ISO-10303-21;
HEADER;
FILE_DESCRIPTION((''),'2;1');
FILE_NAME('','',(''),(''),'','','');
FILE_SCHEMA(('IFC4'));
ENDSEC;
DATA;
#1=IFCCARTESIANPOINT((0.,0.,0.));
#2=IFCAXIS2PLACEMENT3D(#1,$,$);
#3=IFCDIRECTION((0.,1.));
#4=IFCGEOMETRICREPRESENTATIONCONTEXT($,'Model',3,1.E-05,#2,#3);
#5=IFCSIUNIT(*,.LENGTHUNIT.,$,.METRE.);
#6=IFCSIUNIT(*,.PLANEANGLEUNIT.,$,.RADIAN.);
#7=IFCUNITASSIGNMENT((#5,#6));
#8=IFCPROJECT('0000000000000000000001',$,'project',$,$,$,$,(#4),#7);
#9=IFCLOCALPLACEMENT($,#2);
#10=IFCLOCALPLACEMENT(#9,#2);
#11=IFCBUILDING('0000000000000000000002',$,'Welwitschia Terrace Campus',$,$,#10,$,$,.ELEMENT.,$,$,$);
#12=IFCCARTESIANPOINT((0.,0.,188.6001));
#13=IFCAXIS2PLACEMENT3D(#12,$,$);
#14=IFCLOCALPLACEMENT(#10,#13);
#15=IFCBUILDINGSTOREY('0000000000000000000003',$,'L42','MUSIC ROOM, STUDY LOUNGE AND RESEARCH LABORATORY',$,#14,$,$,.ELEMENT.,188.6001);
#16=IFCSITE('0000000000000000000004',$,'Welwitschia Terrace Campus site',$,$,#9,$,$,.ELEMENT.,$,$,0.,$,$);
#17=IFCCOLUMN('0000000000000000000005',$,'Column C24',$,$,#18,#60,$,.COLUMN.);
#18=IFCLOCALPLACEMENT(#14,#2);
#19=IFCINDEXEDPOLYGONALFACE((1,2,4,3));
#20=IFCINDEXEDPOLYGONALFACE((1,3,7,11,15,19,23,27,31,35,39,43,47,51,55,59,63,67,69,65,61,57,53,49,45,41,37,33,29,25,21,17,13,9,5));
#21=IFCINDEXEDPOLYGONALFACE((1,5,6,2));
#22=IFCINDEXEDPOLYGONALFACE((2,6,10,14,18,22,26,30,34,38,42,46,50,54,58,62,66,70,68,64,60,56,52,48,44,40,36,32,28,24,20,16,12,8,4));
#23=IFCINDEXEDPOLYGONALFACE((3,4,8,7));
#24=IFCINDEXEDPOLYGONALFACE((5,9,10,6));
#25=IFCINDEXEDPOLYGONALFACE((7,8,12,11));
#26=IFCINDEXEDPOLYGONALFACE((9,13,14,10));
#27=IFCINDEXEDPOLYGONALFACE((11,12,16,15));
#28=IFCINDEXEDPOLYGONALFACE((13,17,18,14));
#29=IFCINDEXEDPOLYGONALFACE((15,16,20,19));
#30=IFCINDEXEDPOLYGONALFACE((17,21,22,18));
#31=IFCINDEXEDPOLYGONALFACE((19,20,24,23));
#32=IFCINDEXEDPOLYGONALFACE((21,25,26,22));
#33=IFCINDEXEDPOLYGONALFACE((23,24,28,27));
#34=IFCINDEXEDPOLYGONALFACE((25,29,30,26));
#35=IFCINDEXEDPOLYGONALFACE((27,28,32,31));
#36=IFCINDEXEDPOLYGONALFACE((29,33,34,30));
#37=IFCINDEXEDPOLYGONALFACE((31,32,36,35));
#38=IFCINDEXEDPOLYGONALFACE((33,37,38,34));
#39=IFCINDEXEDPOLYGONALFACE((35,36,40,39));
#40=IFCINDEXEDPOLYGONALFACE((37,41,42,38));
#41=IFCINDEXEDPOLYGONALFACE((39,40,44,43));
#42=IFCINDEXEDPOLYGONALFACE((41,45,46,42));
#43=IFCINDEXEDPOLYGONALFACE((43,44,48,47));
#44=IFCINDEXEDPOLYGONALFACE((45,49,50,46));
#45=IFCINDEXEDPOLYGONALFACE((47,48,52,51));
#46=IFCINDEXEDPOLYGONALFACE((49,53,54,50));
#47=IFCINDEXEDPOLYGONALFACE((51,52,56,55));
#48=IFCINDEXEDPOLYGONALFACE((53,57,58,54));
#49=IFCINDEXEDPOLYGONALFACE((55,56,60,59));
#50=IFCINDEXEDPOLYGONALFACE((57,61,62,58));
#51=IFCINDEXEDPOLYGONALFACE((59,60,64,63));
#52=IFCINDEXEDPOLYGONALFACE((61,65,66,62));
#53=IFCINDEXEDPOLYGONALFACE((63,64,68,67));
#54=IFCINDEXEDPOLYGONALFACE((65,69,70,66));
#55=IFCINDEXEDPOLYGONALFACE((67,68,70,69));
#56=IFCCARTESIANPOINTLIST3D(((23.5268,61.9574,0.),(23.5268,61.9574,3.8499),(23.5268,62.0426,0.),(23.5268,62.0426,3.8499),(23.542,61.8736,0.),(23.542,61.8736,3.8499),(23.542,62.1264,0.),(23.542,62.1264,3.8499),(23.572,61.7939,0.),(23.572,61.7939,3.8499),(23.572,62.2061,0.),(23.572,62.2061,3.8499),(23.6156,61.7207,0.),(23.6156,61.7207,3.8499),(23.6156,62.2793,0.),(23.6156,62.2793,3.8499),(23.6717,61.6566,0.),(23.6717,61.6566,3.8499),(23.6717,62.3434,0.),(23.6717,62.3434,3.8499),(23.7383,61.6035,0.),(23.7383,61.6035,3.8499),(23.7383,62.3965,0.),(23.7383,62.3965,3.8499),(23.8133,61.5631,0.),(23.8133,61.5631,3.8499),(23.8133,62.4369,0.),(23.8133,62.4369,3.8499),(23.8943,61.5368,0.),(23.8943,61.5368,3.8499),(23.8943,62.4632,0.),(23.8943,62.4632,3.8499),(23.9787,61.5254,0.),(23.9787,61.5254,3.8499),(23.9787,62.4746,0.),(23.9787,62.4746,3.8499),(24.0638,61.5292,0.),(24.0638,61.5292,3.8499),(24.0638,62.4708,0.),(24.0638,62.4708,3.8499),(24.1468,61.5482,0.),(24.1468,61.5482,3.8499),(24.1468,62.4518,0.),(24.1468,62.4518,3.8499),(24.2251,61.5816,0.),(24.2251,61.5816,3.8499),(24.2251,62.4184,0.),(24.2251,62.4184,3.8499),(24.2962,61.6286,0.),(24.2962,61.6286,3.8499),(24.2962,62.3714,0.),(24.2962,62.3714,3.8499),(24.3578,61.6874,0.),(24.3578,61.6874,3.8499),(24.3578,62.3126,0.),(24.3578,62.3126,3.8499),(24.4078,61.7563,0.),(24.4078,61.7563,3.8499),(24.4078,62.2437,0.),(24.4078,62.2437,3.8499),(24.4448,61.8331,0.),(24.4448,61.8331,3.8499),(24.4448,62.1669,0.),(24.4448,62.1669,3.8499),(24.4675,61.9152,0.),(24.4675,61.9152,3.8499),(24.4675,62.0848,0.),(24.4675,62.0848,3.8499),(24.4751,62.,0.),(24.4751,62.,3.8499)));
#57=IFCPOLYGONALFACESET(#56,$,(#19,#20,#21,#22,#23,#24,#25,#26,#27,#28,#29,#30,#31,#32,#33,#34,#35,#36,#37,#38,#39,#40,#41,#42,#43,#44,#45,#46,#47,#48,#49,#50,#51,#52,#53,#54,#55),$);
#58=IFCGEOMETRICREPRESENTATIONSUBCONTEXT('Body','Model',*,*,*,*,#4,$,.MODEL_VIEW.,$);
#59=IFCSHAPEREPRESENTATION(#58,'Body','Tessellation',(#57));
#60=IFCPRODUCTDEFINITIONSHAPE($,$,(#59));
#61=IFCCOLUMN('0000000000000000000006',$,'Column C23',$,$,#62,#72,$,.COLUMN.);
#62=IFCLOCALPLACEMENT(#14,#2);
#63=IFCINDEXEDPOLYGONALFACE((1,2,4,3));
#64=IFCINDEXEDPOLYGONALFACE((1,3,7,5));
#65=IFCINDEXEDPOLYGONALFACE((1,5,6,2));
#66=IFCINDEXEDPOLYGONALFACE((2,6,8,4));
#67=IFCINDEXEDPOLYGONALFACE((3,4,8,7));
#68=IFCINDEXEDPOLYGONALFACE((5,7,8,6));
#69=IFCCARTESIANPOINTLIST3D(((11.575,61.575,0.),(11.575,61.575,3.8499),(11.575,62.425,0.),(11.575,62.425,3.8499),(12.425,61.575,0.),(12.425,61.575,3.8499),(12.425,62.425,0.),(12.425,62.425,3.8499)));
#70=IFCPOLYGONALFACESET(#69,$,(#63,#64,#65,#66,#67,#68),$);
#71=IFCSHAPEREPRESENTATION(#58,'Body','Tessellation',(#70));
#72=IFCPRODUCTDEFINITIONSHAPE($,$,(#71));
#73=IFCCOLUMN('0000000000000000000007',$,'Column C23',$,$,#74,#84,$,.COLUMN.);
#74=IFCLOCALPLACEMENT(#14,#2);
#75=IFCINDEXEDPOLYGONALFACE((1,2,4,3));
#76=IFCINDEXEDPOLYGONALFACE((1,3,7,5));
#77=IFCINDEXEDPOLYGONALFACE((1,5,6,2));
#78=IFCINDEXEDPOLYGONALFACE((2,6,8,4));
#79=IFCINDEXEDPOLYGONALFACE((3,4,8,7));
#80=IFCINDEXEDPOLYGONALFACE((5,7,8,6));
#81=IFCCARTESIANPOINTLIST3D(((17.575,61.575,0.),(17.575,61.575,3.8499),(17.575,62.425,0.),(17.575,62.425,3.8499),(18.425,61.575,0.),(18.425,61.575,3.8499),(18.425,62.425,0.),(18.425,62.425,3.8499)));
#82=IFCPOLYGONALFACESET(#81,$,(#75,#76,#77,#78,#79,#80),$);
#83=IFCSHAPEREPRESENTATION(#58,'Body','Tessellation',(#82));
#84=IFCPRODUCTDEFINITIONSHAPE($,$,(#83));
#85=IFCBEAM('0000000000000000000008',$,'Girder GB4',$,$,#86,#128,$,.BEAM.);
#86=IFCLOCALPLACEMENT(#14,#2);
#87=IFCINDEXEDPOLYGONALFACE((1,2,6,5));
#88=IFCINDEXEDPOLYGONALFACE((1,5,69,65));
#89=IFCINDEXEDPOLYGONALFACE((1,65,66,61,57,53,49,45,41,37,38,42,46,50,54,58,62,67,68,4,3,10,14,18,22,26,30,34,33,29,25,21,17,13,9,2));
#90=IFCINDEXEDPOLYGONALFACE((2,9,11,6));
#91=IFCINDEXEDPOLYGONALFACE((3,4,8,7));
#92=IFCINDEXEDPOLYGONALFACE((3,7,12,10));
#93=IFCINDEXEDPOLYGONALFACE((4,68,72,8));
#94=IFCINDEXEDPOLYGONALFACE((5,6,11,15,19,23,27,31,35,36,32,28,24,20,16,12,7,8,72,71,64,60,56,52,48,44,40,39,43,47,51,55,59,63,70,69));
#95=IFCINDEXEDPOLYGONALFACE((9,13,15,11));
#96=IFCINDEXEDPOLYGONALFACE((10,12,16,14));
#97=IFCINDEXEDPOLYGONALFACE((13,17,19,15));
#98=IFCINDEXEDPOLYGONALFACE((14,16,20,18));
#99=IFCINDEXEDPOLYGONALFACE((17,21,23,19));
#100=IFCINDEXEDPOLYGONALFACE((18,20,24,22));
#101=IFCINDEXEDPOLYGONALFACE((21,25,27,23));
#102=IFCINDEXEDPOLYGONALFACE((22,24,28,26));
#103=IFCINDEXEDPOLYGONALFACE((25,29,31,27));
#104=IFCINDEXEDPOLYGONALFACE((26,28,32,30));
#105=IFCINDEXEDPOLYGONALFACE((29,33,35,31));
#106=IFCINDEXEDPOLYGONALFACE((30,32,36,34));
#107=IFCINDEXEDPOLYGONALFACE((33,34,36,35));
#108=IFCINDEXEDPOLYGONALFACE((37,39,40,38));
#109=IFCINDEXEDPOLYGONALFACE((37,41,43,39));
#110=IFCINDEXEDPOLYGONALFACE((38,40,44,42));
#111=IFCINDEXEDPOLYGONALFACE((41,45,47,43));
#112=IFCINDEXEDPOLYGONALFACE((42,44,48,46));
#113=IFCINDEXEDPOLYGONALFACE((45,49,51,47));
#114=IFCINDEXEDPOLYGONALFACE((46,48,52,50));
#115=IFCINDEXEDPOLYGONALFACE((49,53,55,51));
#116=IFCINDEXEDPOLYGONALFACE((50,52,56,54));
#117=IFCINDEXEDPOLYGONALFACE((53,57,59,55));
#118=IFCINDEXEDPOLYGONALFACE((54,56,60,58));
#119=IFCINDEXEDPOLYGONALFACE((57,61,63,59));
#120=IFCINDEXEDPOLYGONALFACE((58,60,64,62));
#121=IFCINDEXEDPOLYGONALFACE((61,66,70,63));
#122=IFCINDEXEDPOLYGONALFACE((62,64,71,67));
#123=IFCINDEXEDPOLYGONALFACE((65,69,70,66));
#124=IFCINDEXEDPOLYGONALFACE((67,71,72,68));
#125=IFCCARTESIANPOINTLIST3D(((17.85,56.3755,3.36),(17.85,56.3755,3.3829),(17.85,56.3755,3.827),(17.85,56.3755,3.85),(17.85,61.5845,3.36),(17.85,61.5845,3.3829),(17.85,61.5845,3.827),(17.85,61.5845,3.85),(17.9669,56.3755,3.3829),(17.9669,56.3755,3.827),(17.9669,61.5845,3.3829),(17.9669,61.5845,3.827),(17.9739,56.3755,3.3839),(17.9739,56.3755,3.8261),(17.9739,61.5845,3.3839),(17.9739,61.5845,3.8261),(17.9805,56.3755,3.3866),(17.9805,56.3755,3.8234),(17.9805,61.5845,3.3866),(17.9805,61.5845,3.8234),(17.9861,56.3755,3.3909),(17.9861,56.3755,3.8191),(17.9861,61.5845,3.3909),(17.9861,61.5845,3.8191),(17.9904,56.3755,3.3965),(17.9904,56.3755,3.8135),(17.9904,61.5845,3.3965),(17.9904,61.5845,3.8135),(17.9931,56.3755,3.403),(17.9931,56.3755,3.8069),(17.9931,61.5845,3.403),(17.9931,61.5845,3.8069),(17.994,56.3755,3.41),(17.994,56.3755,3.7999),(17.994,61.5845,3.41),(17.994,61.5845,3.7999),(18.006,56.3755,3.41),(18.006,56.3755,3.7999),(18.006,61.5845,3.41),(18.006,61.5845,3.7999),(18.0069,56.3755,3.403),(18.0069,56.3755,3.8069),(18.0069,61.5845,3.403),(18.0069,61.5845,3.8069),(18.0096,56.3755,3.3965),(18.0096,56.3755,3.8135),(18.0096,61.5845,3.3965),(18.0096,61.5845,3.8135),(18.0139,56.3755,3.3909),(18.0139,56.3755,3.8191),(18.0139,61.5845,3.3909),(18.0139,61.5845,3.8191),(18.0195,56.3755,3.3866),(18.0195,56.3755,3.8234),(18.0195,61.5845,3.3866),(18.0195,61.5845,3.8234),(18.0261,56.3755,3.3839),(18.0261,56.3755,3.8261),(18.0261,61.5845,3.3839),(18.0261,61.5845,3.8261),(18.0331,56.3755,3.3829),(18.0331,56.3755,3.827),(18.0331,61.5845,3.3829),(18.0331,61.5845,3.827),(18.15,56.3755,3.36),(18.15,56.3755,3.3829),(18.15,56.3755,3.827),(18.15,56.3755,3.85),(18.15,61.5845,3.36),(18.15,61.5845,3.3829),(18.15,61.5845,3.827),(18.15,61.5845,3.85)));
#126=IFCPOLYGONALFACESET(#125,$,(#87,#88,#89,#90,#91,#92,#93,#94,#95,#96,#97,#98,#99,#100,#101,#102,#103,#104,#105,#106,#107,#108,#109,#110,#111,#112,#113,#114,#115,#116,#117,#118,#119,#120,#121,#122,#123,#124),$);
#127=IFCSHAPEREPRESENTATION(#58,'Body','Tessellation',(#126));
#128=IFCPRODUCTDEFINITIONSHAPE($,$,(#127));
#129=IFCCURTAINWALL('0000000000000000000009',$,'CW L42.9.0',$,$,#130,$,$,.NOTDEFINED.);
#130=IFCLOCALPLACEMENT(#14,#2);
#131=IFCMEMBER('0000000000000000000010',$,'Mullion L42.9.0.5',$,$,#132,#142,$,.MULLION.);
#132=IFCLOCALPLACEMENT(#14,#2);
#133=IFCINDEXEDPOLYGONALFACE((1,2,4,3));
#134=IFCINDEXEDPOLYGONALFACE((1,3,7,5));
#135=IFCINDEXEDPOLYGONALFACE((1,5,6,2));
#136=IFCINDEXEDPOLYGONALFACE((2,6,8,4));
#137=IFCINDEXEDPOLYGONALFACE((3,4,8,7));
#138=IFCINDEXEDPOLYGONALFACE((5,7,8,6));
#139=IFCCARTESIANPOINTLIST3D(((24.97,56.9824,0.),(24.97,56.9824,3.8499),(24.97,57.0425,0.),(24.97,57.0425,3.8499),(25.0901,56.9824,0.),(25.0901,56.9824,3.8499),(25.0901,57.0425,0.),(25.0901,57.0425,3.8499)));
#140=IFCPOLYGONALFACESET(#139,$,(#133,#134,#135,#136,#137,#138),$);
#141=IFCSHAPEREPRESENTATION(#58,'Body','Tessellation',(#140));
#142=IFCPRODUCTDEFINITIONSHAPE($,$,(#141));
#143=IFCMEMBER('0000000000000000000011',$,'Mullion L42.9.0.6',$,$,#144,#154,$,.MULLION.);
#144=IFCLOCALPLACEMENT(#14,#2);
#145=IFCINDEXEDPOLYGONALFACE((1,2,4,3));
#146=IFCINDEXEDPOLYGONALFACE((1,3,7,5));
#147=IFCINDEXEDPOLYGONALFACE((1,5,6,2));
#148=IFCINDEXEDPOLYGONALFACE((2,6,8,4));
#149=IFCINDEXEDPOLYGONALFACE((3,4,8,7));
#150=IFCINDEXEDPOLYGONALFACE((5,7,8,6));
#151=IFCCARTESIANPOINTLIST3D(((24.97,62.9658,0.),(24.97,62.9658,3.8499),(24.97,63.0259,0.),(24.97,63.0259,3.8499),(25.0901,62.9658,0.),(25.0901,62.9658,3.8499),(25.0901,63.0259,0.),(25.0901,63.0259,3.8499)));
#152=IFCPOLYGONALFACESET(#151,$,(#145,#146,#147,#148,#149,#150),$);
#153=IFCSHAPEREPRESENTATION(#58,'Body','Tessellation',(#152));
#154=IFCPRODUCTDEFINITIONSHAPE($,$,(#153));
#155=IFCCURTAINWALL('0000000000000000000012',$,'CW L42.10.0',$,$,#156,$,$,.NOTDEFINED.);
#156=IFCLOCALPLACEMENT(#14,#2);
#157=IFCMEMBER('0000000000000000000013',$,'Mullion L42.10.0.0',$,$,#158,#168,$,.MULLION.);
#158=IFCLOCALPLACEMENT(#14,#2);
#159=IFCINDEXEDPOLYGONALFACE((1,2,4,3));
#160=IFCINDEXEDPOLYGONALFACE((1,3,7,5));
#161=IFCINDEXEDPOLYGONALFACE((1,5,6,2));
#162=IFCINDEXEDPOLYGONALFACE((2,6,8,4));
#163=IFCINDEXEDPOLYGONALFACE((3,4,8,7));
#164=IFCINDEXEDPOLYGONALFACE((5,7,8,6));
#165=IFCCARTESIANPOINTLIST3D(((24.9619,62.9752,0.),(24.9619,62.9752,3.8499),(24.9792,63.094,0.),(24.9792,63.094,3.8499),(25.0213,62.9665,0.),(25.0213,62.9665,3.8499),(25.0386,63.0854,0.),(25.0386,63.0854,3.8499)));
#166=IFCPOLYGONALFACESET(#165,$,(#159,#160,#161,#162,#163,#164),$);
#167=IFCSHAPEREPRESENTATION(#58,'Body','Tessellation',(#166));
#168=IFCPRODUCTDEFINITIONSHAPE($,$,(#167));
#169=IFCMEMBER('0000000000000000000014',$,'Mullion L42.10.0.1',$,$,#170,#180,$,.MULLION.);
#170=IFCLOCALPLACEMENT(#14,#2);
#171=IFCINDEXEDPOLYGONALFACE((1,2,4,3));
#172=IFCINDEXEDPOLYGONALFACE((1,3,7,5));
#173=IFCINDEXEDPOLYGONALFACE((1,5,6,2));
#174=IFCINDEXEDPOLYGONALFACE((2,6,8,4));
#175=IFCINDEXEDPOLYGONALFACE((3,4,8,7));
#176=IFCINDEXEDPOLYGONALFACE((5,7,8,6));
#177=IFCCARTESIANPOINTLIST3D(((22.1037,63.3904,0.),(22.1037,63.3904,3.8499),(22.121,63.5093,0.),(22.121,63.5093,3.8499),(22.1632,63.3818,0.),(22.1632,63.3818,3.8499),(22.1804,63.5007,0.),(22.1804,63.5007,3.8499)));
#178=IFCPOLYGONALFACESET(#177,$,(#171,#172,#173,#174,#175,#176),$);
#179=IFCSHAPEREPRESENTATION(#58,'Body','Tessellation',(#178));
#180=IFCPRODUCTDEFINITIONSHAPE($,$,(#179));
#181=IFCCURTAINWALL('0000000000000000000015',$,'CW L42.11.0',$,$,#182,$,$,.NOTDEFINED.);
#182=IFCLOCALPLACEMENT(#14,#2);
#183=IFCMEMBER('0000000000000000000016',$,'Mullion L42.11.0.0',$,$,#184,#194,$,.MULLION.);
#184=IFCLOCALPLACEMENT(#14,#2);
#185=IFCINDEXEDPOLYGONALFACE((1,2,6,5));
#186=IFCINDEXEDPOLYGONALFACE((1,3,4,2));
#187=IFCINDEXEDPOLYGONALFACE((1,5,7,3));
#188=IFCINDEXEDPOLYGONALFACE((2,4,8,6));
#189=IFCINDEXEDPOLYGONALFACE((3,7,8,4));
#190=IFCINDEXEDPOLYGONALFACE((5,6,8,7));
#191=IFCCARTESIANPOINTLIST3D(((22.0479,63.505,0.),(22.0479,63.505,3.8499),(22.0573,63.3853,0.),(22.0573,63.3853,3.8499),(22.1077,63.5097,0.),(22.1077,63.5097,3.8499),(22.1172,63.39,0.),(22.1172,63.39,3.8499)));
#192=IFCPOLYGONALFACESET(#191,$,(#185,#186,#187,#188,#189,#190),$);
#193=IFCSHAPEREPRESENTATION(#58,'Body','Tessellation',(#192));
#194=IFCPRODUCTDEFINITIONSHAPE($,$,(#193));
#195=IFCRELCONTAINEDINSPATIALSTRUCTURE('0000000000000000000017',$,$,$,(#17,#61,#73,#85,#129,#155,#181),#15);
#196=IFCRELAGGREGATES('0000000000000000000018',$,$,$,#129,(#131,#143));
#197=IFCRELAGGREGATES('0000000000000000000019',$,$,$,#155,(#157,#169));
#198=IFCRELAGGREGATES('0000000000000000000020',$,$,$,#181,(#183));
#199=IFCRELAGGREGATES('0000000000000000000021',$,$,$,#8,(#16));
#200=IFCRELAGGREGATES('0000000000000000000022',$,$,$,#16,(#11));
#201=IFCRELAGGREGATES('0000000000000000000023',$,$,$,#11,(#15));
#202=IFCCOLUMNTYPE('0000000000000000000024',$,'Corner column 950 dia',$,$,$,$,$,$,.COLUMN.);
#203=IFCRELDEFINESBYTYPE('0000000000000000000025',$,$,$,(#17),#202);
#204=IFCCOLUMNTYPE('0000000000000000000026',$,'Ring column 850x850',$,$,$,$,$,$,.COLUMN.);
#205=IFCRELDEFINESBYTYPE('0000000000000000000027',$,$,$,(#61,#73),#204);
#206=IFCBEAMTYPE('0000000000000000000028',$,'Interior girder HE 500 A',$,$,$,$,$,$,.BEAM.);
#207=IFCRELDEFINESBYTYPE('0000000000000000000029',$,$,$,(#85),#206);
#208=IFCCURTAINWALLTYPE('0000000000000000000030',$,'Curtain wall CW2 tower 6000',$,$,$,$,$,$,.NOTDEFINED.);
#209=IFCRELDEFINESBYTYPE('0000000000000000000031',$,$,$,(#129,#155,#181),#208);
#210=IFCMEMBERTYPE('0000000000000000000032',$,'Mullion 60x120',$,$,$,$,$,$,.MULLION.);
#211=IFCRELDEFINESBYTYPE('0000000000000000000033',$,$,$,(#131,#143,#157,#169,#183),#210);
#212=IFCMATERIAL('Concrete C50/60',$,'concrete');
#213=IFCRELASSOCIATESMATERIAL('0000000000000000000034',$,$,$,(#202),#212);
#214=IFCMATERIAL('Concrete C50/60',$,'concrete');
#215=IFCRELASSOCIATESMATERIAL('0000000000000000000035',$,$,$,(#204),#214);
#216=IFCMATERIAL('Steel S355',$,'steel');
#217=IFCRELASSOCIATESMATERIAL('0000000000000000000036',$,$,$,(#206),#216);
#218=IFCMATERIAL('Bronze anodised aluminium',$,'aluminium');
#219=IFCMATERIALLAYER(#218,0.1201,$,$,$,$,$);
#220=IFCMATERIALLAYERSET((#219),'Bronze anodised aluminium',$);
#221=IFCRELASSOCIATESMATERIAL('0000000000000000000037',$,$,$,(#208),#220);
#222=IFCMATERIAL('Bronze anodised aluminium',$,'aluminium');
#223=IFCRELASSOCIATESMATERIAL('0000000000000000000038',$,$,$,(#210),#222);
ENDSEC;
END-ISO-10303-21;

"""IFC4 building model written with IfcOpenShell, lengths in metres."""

from ifc_helpers import new_model, si_unit, direction, frame, origin, origin_2d, place, context, subcontext, project, spatial, rectangle, circle, i_section, extrude, material, layer, layer_set, material_profile, profile_set, type_object, element, aggregate, save


model = new_model("IFC4")

# Units and contexts
model_context = context("Model", 3, precision=1e-05, world=origin(), true_north=direction((0.0, 1.0)))
body_context = subcontext(model_context, "Body", "Model", "MODEL_VIEW")
ifc_project = project(units=[si_unit("LENGTHUNIT", "METRE"), si_unit("PLANEANGLEUNIT", "RADIAN")], contexts=[model_context])

# Site, building, storey
site_placement = place(None, origin())
site = spatial("IfcSite", under=ifc_project, at=site_placement, Name="Welwitschia Terrace Campus site", CompositionType="ELEMENT", RefElevation=0.0)
building_placement = place(site_placement, origin())
building = spatial("IfcBuilding", under=site, at=building_placement, Name="Welwitschia Terrace Campus", CompositionType="ELEMENT")
storey_placement = place(building_placement, frame((0.0, 0.0, 188.6001)))
storey = spatial("IfcBuildingStorey", under=building, at=storey_placement, Name="L42", Description="MUSIC ROOM, STUDY LOUNGE AND RESEARCH LABORATORY", CompositionType="ELEMENT", Elevation=188.6001)

# Columns
ifc_material_1 = material(Name="Concrete C50/60", Category="concrete")
ifc_material_profile_1 = material_profile(ifc_material_1, circle(Radius=0.4751, at=origin_2d()))
ifc_profile_set_1 = profile_set([ifc_material_profile_1], Name="Concrete C50/60")
column_type_1 = type_object("IfcColumnType", Name="Corner column 950 dia", PredefinedType="COLUMN", material=ifc_profile_set_1)
column_placement = place(storey_placement, frame((24.0, 62.0, 0.0), z_axis=(0.0, 0.0, 1.0), x_axis=(1.0, 0.0, 0.0)))
element("IfcColumn", 1, at=column_placement, inside=storey, type_object=column_type_1, Name="Column C24", PredefinedType="COLUMN", context=body_context, shape_type="SweptSolid", body=[
    extrude(circle(Radius=0.4751, at=origin_2d()), origin(), (0.0, 0.0, 1.0), 3.8499),
])
ifc_material_2 = material(Name="Concrete C50/60", Category="concrete")
ifc_material_profile_2 = material_profile(ifc_material_2, rectangle(XDim=0.8501, YDim=0.8501, at=origin_2d()))
ifc_profile_set_2 = profile_set([ifc_material_profile_2], Name="Concrete C50/60")
column_type_2 = type_object("IfcColumnType", Name="Ring column 850x850", PredefinedType="COLUMN", material=ifc_profile_set_2)
for number, where, z_axis, x_axis, name in (
    (2, (12.0, 62.0, 0.0), (0.0, 0.0, 1.0), (1.0, 0.0, 0.0), "Column C23"),
    (3, (18.0, 62.0, 0.0), (0.0, 0.0, 1.0), (1.0, 0.0, 0.0), "Column C23"),
):
    element("IfcColumn", number, at=place(storey_placement, frame(where, z_axis=z_axis, x_axis=x_axis)), inside=storey, type_object=column_type_2, Name=name, PredefinedType="COLUMN", context=body_context, shape_type="SweptSolid", body=[
        extrude(rectangle(XDim=0.8501, YDim=0.8501, at=origin_2d()), origin(), (0.0, 0.0, 1.0), 3.8499),
    ])

# Beam
ifc_material_3 = material(Name="Steel S355", Category="steel")
ifc_material_profile_3 = material_profile(ifc_material_3, i_section(OverallWidth=0.3, OverallDepth=0.49, WebThickness=0.012, FlangeThickness=0.0229, FilletRadius=0.0271, at=origin_2d()))
ifc_profile_set_3 = profile_set([ifc_material_profile_3], Name="Steel S355")
beam_type_1 = type_object("IfcBeamType", Name="Interior girder HE 500 A", PredefinedType="BEAM", material=ifc_profile_set_3)
beam_placement = place(storey_placement, frame((18.0, 56.3755, 3.605), z_axis=(0.0, 1.0, 0.0), x_axis=(-1.0, 0.0, 0.0)))
element("IfcBeam", 4, at=beam_placement, inside=storey, type_object=beam_type_1, Name="Girder GB4", PredefinedType="BEAM", context=body_context, shape_type="SweptSolid", body=[
    extrude(i_section(OverallWidth=0.3, OverallDepth=0.49, WebThickness=0.012, FlangeThickness=0.0229, FilletRadius=0.0271, at=origin_2d()), origin(), (0.0, 0.0, 1.0), 5.209),
])

# Curtain walls, members
ifc_material_4 = material(Name="Bronze anodised aluminium", Category="aluminium")
ifc_layer_1 = layer(ifc_material_4, 0.1201)
ifc_layer_set_1 = layer_set([ifc_layer_1], Name="Bronze anodised aluminium")
curtain_wall_type = type_object("IfcCurtainWallType", Name="Curtain wall CW2 tower 6000", PredefinedType="NOTDEFINED", material=ifc_layer_set_1)
curtain_wall_1_placement = place(storey_placement, origin())
curtain_wall_1 = element("IfcCurtainWall", 5, at=curtain_wall_1_placement, inside=storey, type_object=curtain_wall_type, Name="CW L42.9.0", PredefinedType="NOTDEFINED")
ifc_material_5 = material(Name="Bronze anodised aluminium", Category="aluminium")
ifc_material_profile_4 = material_profile(ifc_material_5, rectangle(XDim=0.1201, YDim=0.0601, at=origin_2d()))
ifc_profile_set_4 = profile_set([ifc_material_profile_4], Name="Bronze anodised aluminium")
member_type_1 = type_object("IfcMemberType", Name="Mullion 60x120", PredefinedType="MULLION", material=ifc_profile_set_4)
member_1_placement = place(storey_placement, frame((25.03, 57.0125, 0.0), z_axis=(0.0, 0.0, 1.0), x_axis=(-1.0, 0.0, 0.0)))
member_1 = element("IfcMember", 6, at=member_1_placement, type_object=member_type_1, Name="Mullion L42.9.0.5", PredefinedType="MULLION", context=body_context, shape_type="SweptSolid", body=[
    extrude(rectangle(XDim=0.1201, YDim=0.0601, at=origin_2d()), origin(), (0.0, 0.0, 1.0), 3.8499),
])
member_2_placement = place(storey_placement, frame((25.03, 62.9958, 0.0), z_axis=(0.0, 0.0, 1.0), x_axis=(-1.0, 0.0, 0.0)))
member_2 = element("IfcMember", 7, at=member_2_placement, type_object=member_type_1, Name="Mullion L42.9.0.6", PredefinedType="MULLION", context=body_context, shape_type="SweptSolid", body=[
    extrude(rectangle(XDim=0.1201, YDim=0.0601, at=origin_2d()), origin(), (0.0, 0.0, 1.0), 3.8499),
])
curtain_wall_2_placement = place(storey_placement, origin())
curtain_wall_2 = element("IfcCurtainWall", 8, at=curtain_wall_2_placement, inside=storey, type_object=curtain_wall_type, Name="CW L42.10.0", PredefinedType="NOTDEFINED")
member_3_placement = place(storey_placement, frame((25.0002, 63.0303, 0.0), z_axis=(0.0, 0.0, 1.0), x_axis=(-0.143797, -0.989607, 0.0)))
member_3 = element("IfcMember", 9, at=member_3_placement, type_object=member_type_1, Name="Mullion L42.10.0.0", PredefinedType="MULLION", context=body_context, shape_type="SweptSolid", body=[
    extrude(rectangle(XDim=0.1201, YDim=0.0601, at=origin_2d()), origin(), (0.0, 0.0, 1.0), 3.8499),
])
member_4_placement = place(storey_placement, frame((22.1421, 63.4456, 0.0), z_axis=(0.0, 0.0, 1.0), x_axis=(-0.143797, -0.989607, 0.0)))
member_4 = element("IfcMember", 10, at=member_4_placement, type_object=member_type_1, Name="Mullion L42.10.0.1", PredefinedType="MULLION", context=body_context, shape_type="SweptSolid", body=[
    extrude(rectangle(XDim=0.1201, YDim=0.0601, at=origin_2d()), origin(), (0.0, 0.0, 1.0), 3.8499),
])
curtain_wall_3_placement = place(storey_placement, origin())
curtain_wall_3 = element("IfcCurtainWall", 11, at=curtain_wall_3_placement, inside=storey, type_object=curtain_wall_type, Name="CW L42.11.0", PredefinedType="NOTDEFINED")
member_5_placement = place(storey_placement, frame((22.0825, 63.4475, 0.0), z_axis=(0.0, 0.0, 1.0), x_axis=(0.078459, -0.996917, 0.0)))
member_5 = element("IfcMember", 12, at=member_5_placement, type_object=member_type_1, Name="Mullion L42.11.0.0", PredefinedType="MULLION", context=body_context, shape_type="SweptSolid", body=[
    extrude(rectangle(XDim=0.1201, YDim=0.0601, at=origin_2d()), origin(), (0.0, 0.0, 1.0), 3.8499),
])

aggregate(curtain_wall_1, [member_1, member_2])
aggregate(curtain_wall_2, [member_3, member_4])
aggregate(curtain_wall_3, [member_5])

save(model, "model.ifc")
